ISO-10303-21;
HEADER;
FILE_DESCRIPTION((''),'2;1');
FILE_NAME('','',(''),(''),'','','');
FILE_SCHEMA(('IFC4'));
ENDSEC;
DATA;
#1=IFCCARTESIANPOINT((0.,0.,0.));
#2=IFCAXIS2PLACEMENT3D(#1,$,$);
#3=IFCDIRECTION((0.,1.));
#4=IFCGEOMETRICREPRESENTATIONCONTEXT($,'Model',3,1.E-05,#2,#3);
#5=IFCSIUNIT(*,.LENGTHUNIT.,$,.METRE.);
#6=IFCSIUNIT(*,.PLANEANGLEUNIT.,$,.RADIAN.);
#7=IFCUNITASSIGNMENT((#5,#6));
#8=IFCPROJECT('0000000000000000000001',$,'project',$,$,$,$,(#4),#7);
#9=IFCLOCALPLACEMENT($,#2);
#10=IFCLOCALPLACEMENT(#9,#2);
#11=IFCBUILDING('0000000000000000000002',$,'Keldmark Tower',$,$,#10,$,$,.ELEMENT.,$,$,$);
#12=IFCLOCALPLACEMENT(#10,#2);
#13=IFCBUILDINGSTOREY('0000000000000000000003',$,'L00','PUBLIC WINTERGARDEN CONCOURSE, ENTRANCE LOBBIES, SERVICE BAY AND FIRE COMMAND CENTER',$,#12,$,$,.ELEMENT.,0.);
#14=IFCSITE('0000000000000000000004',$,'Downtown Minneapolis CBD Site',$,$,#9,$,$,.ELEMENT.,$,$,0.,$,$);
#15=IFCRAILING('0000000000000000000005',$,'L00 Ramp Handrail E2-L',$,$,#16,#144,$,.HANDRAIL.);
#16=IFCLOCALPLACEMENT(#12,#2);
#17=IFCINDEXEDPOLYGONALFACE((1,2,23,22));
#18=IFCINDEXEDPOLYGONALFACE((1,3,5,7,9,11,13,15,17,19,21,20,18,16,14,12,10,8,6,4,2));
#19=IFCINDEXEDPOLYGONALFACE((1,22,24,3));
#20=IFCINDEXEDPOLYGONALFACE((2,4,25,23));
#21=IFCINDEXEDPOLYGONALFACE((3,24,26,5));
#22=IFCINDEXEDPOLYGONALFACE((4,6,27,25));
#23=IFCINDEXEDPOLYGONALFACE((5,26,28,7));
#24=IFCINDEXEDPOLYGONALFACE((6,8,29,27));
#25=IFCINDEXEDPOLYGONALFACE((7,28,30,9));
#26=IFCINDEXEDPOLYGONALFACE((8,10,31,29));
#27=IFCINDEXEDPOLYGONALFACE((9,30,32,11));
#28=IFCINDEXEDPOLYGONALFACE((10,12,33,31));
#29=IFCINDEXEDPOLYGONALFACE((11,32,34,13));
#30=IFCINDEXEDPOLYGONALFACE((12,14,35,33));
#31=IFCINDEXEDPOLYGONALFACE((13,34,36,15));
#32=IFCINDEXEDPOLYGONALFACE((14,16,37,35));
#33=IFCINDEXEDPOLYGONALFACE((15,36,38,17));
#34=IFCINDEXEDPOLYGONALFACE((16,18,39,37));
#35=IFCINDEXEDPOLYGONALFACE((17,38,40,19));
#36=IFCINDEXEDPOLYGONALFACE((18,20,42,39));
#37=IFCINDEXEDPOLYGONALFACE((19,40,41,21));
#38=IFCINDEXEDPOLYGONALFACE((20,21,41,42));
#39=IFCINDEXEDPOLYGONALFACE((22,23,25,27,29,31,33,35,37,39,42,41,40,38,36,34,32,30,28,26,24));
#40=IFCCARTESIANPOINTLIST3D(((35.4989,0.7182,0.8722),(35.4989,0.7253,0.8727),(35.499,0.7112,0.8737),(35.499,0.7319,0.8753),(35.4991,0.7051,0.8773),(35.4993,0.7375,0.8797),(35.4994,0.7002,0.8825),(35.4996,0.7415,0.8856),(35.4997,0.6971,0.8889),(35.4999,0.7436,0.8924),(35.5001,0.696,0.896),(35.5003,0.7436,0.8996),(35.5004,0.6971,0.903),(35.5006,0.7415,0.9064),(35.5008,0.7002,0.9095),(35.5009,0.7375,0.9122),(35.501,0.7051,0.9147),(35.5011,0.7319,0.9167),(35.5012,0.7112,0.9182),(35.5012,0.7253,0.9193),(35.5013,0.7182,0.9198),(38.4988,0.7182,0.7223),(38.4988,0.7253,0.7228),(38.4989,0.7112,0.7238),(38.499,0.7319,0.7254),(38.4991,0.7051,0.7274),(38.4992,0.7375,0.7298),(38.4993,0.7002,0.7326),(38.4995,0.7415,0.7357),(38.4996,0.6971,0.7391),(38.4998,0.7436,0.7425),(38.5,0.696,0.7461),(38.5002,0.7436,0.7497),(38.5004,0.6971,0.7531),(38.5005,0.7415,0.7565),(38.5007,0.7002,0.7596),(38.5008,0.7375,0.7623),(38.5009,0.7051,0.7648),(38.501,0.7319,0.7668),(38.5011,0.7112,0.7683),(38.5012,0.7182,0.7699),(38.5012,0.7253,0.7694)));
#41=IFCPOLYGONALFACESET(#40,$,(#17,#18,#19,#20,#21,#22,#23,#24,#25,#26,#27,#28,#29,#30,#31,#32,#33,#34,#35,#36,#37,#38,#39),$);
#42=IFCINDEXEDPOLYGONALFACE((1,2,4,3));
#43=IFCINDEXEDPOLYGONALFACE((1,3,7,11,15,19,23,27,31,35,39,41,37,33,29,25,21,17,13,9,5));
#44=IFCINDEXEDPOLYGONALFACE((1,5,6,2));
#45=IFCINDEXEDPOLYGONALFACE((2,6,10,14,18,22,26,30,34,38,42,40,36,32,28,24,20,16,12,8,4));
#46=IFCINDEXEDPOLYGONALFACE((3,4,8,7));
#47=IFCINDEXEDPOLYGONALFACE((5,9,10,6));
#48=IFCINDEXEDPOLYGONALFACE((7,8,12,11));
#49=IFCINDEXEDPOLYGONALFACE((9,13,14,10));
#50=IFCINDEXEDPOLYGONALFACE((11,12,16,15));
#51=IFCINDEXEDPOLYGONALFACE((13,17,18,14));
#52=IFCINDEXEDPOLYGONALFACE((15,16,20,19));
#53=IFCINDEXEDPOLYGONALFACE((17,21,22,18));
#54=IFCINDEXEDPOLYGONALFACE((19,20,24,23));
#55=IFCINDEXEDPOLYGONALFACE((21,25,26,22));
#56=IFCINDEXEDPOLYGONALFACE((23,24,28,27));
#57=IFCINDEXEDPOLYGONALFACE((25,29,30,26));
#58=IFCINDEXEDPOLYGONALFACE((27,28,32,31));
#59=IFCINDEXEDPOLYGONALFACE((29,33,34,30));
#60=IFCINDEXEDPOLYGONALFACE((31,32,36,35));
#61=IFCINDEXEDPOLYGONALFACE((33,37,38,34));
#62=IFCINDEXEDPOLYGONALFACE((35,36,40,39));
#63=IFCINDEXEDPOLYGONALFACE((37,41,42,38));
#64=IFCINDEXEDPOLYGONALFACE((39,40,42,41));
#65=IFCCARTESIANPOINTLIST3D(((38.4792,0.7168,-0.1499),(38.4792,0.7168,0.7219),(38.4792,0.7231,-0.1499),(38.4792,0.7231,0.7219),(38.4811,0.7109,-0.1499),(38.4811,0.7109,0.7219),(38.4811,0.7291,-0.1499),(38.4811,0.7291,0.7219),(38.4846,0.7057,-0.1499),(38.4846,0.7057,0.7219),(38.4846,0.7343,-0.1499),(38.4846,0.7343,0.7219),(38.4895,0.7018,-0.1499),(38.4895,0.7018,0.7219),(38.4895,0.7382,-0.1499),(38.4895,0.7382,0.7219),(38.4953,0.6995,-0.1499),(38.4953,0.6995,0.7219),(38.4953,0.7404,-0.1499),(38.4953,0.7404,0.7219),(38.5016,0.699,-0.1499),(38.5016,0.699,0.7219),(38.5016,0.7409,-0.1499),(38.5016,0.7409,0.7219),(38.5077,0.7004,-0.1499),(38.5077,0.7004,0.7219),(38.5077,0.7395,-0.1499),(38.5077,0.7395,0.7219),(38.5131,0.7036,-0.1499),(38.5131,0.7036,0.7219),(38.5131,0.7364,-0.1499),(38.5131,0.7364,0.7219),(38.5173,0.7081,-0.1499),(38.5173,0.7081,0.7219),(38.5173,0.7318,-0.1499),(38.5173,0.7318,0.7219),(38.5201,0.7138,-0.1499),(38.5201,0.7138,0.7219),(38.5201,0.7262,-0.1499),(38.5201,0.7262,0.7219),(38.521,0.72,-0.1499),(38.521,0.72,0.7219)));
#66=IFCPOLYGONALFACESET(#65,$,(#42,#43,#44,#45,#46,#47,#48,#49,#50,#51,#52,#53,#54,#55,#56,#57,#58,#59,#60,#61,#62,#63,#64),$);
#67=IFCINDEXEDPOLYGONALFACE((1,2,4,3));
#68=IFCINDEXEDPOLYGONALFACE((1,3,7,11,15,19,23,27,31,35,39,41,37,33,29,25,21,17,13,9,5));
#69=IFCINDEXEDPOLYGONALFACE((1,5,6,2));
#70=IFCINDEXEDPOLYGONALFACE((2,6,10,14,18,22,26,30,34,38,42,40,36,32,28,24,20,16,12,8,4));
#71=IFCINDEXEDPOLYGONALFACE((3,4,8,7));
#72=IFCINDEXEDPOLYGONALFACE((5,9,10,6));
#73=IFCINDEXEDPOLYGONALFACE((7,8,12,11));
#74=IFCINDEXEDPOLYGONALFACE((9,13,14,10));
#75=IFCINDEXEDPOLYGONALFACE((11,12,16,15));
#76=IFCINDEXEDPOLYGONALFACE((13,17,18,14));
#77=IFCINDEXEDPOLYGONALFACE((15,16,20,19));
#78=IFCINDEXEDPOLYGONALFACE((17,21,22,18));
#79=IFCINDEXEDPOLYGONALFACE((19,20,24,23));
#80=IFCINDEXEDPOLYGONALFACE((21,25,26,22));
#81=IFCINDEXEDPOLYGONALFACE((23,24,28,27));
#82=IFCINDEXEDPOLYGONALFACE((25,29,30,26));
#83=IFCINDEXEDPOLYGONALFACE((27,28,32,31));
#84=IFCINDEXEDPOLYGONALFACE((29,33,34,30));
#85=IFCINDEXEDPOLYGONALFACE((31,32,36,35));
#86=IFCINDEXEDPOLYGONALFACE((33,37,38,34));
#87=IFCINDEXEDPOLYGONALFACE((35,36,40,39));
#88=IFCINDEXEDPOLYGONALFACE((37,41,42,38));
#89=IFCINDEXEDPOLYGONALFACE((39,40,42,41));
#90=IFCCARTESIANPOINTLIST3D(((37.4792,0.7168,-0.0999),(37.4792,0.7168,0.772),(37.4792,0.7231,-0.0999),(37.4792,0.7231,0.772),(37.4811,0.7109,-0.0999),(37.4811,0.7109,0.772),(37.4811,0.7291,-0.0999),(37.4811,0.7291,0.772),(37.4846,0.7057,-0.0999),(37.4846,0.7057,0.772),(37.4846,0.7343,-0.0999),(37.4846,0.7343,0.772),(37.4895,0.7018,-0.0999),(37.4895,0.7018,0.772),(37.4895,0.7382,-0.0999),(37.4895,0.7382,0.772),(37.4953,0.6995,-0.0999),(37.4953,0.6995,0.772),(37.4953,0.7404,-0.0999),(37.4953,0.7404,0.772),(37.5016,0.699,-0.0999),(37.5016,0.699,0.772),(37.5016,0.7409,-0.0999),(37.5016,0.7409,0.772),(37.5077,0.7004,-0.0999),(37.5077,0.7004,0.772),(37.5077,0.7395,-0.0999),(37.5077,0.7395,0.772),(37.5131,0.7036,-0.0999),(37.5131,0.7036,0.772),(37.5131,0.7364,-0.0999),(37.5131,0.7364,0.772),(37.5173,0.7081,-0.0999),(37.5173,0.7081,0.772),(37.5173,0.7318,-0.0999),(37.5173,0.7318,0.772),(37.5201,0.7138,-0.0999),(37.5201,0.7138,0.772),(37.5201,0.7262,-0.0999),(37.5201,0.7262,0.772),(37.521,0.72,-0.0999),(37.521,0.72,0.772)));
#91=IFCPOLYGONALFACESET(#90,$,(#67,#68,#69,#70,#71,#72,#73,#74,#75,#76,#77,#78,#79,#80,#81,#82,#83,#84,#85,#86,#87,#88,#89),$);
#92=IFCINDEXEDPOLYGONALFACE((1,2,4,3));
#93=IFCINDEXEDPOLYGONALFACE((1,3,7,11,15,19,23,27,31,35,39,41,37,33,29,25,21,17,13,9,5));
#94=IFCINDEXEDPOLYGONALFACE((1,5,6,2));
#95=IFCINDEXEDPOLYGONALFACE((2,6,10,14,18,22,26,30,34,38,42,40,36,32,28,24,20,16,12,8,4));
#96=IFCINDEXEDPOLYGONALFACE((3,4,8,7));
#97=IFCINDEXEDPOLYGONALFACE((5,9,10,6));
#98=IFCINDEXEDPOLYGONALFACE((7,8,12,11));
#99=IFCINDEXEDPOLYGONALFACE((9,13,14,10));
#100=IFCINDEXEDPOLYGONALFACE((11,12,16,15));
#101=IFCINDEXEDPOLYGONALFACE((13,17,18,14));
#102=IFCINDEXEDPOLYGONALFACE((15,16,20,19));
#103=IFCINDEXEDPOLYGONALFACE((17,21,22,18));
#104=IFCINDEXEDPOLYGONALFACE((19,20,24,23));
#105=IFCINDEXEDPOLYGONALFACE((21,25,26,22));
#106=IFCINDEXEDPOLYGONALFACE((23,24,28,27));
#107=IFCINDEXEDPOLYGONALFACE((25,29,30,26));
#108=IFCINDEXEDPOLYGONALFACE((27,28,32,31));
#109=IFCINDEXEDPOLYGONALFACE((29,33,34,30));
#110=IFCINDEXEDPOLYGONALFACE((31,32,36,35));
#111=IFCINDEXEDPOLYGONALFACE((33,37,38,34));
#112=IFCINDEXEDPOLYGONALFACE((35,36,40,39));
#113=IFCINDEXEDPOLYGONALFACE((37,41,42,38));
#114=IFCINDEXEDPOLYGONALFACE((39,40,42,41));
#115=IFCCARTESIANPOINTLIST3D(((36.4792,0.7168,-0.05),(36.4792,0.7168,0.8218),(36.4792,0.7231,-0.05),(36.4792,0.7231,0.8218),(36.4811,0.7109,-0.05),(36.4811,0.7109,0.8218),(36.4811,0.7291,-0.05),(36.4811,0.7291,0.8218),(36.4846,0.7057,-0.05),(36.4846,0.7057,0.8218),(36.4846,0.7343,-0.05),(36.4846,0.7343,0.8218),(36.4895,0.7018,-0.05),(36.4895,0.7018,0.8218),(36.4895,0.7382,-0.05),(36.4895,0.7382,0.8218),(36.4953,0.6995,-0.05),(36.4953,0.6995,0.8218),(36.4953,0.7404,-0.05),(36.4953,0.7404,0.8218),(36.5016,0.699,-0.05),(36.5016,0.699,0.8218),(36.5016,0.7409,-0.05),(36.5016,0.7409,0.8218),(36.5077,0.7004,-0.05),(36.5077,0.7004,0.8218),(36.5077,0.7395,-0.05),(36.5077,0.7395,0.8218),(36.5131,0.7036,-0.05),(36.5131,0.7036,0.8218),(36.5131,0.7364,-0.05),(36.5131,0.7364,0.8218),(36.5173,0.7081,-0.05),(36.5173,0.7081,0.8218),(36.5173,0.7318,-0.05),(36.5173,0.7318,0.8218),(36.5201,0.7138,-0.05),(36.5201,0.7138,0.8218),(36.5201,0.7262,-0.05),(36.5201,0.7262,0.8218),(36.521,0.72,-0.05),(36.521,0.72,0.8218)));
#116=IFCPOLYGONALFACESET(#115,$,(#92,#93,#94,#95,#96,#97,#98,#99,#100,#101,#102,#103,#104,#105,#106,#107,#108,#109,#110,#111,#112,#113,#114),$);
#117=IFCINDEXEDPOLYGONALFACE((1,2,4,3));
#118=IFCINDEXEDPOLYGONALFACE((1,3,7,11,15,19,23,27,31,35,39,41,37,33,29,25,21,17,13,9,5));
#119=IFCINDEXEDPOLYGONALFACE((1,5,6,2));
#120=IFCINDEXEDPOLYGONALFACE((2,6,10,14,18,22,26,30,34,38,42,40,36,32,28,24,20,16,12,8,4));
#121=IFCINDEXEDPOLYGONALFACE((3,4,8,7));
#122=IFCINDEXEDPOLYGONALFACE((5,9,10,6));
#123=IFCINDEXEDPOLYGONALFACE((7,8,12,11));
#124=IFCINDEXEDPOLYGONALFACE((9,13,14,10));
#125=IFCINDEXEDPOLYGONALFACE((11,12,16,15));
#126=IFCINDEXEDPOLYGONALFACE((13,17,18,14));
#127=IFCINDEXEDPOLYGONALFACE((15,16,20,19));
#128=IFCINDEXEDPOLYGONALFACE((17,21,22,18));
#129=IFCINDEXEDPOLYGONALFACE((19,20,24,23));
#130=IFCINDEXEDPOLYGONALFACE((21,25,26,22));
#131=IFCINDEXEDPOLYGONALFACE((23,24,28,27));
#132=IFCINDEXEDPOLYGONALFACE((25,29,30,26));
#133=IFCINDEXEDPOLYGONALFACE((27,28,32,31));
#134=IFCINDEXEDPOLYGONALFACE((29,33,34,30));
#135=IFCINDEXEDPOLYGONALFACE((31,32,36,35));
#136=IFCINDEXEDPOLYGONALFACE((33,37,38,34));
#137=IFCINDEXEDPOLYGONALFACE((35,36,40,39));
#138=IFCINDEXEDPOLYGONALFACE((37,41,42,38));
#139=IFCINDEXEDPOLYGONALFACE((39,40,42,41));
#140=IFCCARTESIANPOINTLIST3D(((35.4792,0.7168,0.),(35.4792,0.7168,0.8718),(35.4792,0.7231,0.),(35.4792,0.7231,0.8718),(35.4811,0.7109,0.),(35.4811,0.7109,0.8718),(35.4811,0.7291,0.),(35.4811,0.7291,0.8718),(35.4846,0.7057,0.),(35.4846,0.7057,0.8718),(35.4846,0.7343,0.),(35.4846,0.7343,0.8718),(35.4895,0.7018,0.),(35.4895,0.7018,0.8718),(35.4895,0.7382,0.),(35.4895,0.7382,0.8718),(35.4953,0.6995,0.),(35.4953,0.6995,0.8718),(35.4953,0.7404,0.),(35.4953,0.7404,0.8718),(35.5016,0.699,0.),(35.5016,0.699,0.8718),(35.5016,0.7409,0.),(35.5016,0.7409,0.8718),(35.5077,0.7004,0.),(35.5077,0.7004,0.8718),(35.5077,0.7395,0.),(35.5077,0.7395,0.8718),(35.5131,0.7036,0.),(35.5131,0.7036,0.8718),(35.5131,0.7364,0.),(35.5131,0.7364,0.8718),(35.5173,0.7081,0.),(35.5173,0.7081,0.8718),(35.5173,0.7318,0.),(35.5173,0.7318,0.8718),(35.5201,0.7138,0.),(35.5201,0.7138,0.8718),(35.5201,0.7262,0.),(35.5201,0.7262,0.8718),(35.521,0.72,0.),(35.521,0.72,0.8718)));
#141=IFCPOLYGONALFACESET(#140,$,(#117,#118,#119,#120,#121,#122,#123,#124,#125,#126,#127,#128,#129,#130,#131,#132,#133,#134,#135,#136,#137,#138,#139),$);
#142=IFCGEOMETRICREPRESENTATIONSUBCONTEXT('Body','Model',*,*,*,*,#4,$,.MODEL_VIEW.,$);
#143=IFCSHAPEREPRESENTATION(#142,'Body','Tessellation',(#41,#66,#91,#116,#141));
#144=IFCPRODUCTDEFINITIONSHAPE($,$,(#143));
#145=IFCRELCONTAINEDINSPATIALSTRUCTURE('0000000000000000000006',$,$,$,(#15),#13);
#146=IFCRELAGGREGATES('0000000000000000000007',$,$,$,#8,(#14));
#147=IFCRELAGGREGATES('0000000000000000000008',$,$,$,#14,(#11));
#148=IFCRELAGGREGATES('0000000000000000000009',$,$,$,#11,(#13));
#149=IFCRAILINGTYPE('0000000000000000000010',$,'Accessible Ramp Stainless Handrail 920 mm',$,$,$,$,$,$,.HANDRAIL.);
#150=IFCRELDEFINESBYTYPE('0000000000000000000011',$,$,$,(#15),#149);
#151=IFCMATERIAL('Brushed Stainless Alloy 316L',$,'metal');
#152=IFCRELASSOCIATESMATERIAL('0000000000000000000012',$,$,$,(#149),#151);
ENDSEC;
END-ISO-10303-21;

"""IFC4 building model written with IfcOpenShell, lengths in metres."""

from ifc_helpers import new_model, si_unit, direction, frame, origin, origin_2d, place, context, subcontext, project, spatial, circle, extrude, material, type_object, element, save


model = new_model("IFC4")

# Units and contexts
model_context = context("Model", 3, precision=1e-05, world=origin(), true_north=direction((0.0, 1.0)))
body_context = subcontext(model_context, "Body", "Model", "MODEL_VIEW")
ifc_project = project(units=[si_unit("LENGTHUNIT", "METRE"), si_unit("PLANEANGLEUNIT", "RADIAN")], contexts=[model_context])

# Site, building, storey
site_placement = place(None, origin())
site = spatial("IfcSite", under=ifc_project, at=site_placement, Name="Downtown Minneapolis CBD Site", CompositionType="ELEMENT", RefElevation=0.0)
building_placement = place(site_placement, origin())
building = spatial("IfcBuilding", under=site, at=building_placement, Name="Keldmark Tower", CompositionType="ELEMENT")
storey_placement = place(building_placement, origin())
storey = spatial("IfcBuildingStorey", under=building, at=storey_placement, Name="L00", Description="PUBLIC WINTERGARDEN CONCOURSE, ENTRANCE LOBBIES, SERVICE BAY AND FIRE COMMAND CENTER", CompositionType="ELEMENT", Elevation=0.0)

# Railing
ifc_material_1 = material(Name="Brushed Stainless Alloy 316L", Category="metal")
railing_type = type_object("IfcRailingType", Name="Accessible Ramp Stainless Handrail 920 mm", PredefinedType="HANDRAIL", material=ifc_material_1)
for number, where, name in (
    (1, (38.5, 0.72, -0.1499), "L00 Ramp Handrail E2-L"),
):
    element("IfcRailing", number, at=place(storey_placement, frame(where)), inside=storey, type_object=railing_type, Name=name, PredefinedType="HANDRAIL", context=body_context, shape_type="SweptSolid", body=[
        extrude(circle(Radius=0.0239, at=origin_2d()), frame((0.0, 0.0, 0.896), z_axis=(-0.998754, 0.0, 0.049905), x_axis=(0.0, -1.0, 0.0)), (0.0, 0.0, 1.0), 3.0037),
        extrude(circle(Radius=0.021, at=origin_2d()), origin(), (0.0, 0.0, 1.0), 0.8718),
        extrude(circle(Radius=0.021, at=origin_2d()), frame((-1.0, 0.0, 0.05)), (0.0, 0.0, 1.0), 0.8718),
        extrude(circle(Radius=0.021, at=origin_2d()), frame((-2.0, 0.0, 0.0999)), (0.0, 0.0, 1.0), 0.8718),
        extrude(circle(Radius=0.021, at=origin_2d()), frame((-3.0, 0.0, 0.1499)), (0.0, 0.0, 1.0), 0.8718),
    ])

save(model, "model.ifc")
